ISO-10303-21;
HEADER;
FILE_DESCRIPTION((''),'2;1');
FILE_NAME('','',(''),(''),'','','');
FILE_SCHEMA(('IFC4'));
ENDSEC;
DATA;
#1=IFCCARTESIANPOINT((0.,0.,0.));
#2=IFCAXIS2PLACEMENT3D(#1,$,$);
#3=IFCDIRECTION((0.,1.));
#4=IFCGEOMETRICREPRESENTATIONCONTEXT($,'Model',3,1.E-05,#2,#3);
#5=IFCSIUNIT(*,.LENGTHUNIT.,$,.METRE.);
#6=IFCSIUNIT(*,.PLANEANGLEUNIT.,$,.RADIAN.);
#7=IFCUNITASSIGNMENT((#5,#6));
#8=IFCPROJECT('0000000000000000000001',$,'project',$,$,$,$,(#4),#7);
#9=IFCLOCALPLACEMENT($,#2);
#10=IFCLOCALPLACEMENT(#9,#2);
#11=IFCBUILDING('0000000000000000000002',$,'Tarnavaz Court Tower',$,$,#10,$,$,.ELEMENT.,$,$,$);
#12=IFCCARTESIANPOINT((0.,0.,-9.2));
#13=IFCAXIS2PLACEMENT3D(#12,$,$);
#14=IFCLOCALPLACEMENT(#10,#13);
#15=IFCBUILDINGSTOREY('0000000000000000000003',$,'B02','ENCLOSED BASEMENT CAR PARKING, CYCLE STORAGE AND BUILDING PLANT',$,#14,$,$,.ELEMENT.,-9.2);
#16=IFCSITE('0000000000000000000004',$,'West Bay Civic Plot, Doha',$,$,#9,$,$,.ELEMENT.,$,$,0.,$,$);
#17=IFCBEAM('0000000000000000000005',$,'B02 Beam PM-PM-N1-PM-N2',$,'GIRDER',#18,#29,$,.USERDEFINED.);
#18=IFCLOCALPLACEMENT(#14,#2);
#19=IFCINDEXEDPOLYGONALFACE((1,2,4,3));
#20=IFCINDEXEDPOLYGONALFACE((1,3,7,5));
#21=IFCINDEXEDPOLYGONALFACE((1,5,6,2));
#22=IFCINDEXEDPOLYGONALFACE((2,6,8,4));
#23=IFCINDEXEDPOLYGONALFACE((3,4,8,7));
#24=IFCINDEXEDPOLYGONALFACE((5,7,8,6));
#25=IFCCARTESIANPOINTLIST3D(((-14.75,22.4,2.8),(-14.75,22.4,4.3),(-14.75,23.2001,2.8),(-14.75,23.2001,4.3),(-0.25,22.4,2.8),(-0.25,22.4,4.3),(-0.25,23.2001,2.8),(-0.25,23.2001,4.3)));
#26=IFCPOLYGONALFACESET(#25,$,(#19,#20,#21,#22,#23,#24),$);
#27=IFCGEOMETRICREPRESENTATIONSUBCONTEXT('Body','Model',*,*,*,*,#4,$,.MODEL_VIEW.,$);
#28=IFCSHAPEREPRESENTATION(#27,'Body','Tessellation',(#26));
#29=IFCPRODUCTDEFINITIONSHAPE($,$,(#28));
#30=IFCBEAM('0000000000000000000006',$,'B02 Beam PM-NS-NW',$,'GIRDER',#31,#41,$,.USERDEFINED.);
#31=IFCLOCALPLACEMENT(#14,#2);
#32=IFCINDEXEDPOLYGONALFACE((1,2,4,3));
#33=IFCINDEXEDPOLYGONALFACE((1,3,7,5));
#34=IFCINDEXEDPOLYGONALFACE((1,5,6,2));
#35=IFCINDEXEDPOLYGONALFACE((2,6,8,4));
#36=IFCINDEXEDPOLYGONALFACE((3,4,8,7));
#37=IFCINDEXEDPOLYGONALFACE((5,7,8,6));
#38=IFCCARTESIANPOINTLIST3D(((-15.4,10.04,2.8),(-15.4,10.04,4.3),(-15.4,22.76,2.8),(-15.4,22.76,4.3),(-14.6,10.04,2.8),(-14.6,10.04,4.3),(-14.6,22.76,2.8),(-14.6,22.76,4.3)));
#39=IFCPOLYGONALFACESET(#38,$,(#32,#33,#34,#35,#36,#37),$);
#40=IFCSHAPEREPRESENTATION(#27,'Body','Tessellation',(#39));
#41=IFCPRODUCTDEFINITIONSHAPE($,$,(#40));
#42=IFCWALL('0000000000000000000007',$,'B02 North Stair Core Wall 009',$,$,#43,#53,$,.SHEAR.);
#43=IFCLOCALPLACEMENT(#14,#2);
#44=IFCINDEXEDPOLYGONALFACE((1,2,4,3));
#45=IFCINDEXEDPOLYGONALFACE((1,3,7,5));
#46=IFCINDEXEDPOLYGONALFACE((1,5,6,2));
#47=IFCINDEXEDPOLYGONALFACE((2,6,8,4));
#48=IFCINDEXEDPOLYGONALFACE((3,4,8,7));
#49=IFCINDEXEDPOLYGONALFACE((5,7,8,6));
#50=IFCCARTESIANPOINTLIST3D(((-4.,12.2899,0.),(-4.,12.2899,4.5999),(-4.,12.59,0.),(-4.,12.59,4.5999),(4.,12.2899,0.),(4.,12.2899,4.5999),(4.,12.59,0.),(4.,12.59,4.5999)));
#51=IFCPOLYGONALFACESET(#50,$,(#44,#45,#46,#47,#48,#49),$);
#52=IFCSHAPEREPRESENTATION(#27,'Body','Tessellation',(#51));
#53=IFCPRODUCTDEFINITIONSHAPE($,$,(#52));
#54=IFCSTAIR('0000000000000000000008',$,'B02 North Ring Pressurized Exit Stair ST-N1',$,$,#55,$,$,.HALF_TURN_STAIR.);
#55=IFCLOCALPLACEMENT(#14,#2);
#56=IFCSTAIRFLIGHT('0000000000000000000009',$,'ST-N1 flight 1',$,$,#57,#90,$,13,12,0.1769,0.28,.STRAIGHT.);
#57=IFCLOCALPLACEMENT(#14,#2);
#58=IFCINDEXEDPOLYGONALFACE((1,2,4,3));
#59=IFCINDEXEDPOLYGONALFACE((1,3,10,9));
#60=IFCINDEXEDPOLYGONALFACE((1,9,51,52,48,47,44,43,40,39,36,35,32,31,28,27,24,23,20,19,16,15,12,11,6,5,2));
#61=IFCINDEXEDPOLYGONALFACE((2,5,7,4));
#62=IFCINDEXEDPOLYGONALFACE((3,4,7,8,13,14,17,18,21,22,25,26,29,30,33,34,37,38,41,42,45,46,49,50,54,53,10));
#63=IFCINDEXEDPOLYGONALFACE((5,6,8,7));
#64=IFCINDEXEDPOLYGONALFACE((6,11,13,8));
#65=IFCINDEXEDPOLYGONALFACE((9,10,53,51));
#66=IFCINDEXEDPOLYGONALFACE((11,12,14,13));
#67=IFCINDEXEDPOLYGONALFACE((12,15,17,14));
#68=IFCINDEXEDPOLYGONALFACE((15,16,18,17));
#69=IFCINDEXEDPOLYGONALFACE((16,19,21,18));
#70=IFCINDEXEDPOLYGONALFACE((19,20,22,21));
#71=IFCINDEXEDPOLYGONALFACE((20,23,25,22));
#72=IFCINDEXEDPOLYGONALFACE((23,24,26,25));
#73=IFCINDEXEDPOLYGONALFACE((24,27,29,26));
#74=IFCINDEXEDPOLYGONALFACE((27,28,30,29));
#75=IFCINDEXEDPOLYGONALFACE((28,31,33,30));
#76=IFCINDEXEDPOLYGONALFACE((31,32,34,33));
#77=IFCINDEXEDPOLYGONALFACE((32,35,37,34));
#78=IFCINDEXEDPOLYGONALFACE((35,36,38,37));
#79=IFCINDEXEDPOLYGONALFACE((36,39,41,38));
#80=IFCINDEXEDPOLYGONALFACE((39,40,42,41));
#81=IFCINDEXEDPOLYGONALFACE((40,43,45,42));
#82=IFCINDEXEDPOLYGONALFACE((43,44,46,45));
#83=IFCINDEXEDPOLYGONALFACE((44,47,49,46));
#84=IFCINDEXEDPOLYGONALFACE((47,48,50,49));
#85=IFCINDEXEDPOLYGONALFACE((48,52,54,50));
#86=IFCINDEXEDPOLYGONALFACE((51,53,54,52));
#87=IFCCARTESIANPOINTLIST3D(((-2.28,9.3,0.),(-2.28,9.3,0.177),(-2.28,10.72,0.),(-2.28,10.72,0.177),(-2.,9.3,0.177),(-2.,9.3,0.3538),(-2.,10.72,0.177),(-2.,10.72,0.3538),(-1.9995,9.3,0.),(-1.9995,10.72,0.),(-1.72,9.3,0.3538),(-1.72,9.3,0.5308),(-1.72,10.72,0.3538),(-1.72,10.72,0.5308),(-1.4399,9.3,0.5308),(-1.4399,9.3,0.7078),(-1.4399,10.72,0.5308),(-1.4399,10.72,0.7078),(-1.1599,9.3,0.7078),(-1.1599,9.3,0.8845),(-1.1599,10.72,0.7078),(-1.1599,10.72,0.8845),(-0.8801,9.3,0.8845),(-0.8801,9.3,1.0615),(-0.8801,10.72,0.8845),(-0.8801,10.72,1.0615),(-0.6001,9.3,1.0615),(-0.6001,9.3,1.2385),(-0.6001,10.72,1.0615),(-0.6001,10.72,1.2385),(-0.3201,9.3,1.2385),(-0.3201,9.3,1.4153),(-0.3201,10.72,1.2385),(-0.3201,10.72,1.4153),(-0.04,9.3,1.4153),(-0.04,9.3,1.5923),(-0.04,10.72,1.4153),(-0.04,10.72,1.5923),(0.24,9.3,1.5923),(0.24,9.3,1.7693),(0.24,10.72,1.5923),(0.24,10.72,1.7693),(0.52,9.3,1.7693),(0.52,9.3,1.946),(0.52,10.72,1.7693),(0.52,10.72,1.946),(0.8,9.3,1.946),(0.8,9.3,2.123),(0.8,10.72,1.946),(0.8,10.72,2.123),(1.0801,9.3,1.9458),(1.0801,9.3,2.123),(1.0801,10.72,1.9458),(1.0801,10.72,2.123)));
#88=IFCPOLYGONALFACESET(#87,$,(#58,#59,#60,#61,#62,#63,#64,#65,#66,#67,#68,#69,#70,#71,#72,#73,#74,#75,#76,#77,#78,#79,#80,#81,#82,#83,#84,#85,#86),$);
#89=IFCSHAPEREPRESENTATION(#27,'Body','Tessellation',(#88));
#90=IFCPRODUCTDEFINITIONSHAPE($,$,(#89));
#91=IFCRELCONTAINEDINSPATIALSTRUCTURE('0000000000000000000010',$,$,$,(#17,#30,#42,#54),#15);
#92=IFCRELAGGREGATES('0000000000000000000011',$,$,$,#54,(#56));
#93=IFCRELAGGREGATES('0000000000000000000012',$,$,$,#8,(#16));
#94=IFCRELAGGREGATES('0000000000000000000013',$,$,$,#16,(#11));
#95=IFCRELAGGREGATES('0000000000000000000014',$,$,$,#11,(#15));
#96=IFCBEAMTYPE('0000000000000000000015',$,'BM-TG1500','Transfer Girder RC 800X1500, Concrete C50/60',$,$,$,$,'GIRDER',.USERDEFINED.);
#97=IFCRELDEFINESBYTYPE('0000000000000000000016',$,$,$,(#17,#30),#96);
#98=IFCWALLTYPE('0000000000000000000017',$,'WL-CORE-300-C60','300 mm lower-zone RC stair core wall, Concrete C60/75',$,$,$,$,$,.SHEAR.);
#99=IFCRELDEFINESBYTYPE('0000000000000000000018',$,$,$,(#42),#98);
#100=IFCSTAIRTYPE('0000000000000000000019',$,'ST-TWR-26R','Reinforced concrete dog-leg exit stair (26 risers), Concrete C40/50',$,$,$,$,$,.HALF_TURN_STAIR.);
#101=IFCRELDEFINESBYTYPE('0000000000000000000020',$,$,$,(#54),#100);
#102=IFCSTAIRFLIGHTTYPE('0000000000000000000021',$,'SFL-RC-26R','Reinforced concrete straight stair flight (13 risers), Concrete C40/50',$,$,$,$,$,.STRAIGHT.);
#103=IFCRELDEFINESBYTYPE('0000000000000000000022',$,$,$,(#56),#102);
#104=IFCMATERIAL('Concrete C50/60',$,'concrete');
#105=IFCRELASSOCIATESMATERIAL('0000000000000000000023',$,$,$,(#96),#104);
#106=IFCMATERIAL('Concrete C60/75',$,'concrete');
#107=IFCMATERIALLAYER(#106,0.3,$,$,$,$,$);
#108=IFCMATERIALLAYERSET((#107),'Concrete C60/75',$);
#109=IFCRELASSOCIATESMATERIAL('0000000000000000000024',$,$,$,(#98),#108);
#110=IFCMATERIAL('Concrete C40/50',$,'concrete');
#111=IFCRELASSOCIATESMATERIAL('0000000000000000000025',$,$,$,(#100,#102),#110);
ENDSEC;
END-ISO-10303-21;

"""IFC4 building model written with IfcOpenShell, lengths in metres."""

from ifc_helpers import new_model, si_unit, direction, frame, frame_2d, origin, origin_2d, place, context, subcontext, project, spatial, polyline, rectangle, outline, extrude, material, layer, layer_set, material_profile, profile_set, type_object, element, aggregate, save


model = new_model("IFC4")

# Units and contexts
model_context = context("Model", 3, precision=1e-05, world=origin(), true_north=direction((0.0, 1.0)))
body_context = subcontext(model_context, "Body", "Model", "MODEL_VIEW")
ifc_project = project(units=[si_unit("LENGTHUNIT", "METRE"), si_unit("PLANEANGLEUNIT", "RADIAN")], contexts=[model_context])

# Site, building, storey
site_placement = place(None, origin())
site = spatial("IfcSite", under=ifc_project, at=site_placement, Name="West Bay Civic Plot, Doha", CompositionType="ELEMENT", RefElevation=0.0)
building_placement = place(site_placement, origin())
building = spatial("IfcBuilding", under=site, at=building_placement, Name="Tarnavaz Court Tower", CompositionType="ELEMENT")
storey_placement = place(building_placement, frame((0.0, 0.0, -9.2)))
storey = spatial("IfcBuildingStorey", under=building, at=storey_placement, Name="B02", Description="ENCLOSED BASEMENT CAR PARKING, CYCLE STORAGE AND BUILDING PLANT", CompositionType="ELEMENT", Elevation=-9.2)

# Shared definitions
ifc_material_1 = material(Name="Concrete C50/60", Category="concrete")

# Shared definitions
ifc_material_2 = material(Name="Concrete C60/75", Category="concrete")

# Beams
ifc_material_profile_1 = material_profile(ifc_material_1, rectangle(XDim=0.8, YDim=1.5, at=origin_2d()), Name="RC 800X1500")
ifc_profile_set_1 = profile_set([ifc_material_profile_1], Name="Concrete C50/60")
beam_type_1 = type_object("IfcBeamType", Name="BM-TG1500", Description="Transfer Girder RC 800X1500, Concrete C50/60", ElementType="GIRDER", PredefinedType="USERDEFINED", material=ifc_profile_set_1)
beam_1_placement = place(storey_placement, frame((-14.75, 22.8, 3.55), z_axis=(1.0, 0.0, 0.0), x_axis=(0.0, 1.0, 0.0)))
element("IfcBeam", 1, at=beam_1_placement, inside=storey, type_object=beam_type_1, Name="B02 Beam PM-PM-N1-PM-N2", ObjectType="GIRDER", PredefinedType="USERDEFINED", context=body_context, shape_type="SweptSolid", body=[
    extrude(rectangle(XDim=0.8, YDim=1.5, at=origin_2d()), origin(), (0.0, 0.0, 1.0), 14.5),
])
beam_2_placement = place(storey_placement, frame((-15.0, 10.04, 3.55), z_axis=(0.0, 1.0, 0.0), x_axis=(-1.0, 0.0, 0.0)))
element("IfcBeam", 2, at=beam_2_placement, inside=storey, type_object=beam_type_1, Name="B02 Beam PM-NS-NW", ObjectType="GIRDER", PredefinedType="USERDEFINED", context=body_context, shape_type="SweptSolid", body=[
    extrude(rectangle(XDim=0.8, YDim=1.5, at=origin_2d()), origin(), (0.0, 0.0, 1.0), 12.72),
])

# Wall
ifc_layer = layer(ifc_material_2, 0.3)
ifc_layer_set = layer_set([ifc_layer], Name="Concrete C60/75")
wall_type = type_object("IfcWallType", Name="WL-CORE-300-C60", Description="300 mm lower-zone RC stair core wall, Concrete C60/75", PredefinedType="SHEAR", material=ifc_layer_set)
wall_placement = place(storey_placement, frame((-4.0, 12.4399, 0.0), z_axis=(0.0, 0.0, 1.0), x_axis=(1.0, 0.0, 0.0)))
element("IfcWall", 3, at=wall_placement, inside=storey, type_object=wall_type, Name="B02 North Stair Core Wall 009", PredefinedType="SHEAR", context=body_context, shape_type="SweptSolid", body=[
    extrude(rectangle(XDim=8.0, YDim=0.3, at=frame_2d((4.0, 0.0))), origin(), (0.0, 0.0, 1.0), 4.5999),
])

# Stair, stair flight
ifc_material_3 = material(Name="Concrete C40/50", Category="concrete")
stair_type = type_object("IfcStairType", Name="ST-TWR-26R", Description="Reinforced concrete dog-leg exit stair (26 risers), Concrete C40/50", PredefinedType="HALF_TURN_STAIR", material=ifc_material_3)
stair_placement = place(storey_placement, origin())
stair = element("IfcStair", 4, at=stair_placement, inside=storey, type_object=stair_type, Name="B02 North Ring Pressurized Exit Stair ST-N1", PredefinedType="HALF_TURN_STAIR")
stair_flight_type = type_object("IfcStairFlightType", Name="SFL-RC-26R", Description="Reinforced concrete straight stair flight (13 risers), Concrete C40/50", PredefinedType="STRAIGHT", material=ifc_material_3)
stair_flight_placement = place(storey_placement, frame((-2.28, 10.01, 0.0), z_axis=(0.0, 0.0, 1.0), x_axis=(1.0, 0.0, 0.0)))
stair_flight = element("IfcStairFlight", 5, at=stair_flight_placement, type_object=stair_flight_type, Name="ST-N1 flight 1", NumberOfRisers=13, NumberOfTreads=12, PredefinedType="STRAIGHT", RiserHeight=0.1769, TreadLength=0.28, context=body_context, shape_type="SweptSolid", body=[
    extrude(outline(polyline([(0.0, 0.0), (0.0, 0.177), (0.28, 0.177), (0.28, 0.3538), (0.5601, 0.3538), (0.5601, 0.5308), (0.8401, 0.5308), (0.8401, 0.7078), (1.1201, 0.7078), (1.1201, 0.8845), (1.3999, 0.8845), (1.3999, 1.0615), (1.6799, 1.0615), (1.6799, 1.2385), (1.96, 1.2385), (1.96, 1.4153), (2.24, 1.4153), (2.24, 1.5923), (2.52, 1.5923), (2.52, 1.7693), (2.8, 1.7693), (2.8, 1.946), (3.0801, 1.946), (3.0801, 2.123), (3.3601, 2.123), (3.3601, 2.3), (3.3601, 1.9458), (0.2805, 0.0), (0.0, 0.0)])), frame((0.0, 0.71, 0.0), z_axis=(0.0, -1.0, 0.0), x_axis=(1.0, 0.0, 0.0)), (0.0, 0.0, 1.0), 1.4199),
])
aggregate(stair, [stair_flight])

save(model, "model.ifc")
